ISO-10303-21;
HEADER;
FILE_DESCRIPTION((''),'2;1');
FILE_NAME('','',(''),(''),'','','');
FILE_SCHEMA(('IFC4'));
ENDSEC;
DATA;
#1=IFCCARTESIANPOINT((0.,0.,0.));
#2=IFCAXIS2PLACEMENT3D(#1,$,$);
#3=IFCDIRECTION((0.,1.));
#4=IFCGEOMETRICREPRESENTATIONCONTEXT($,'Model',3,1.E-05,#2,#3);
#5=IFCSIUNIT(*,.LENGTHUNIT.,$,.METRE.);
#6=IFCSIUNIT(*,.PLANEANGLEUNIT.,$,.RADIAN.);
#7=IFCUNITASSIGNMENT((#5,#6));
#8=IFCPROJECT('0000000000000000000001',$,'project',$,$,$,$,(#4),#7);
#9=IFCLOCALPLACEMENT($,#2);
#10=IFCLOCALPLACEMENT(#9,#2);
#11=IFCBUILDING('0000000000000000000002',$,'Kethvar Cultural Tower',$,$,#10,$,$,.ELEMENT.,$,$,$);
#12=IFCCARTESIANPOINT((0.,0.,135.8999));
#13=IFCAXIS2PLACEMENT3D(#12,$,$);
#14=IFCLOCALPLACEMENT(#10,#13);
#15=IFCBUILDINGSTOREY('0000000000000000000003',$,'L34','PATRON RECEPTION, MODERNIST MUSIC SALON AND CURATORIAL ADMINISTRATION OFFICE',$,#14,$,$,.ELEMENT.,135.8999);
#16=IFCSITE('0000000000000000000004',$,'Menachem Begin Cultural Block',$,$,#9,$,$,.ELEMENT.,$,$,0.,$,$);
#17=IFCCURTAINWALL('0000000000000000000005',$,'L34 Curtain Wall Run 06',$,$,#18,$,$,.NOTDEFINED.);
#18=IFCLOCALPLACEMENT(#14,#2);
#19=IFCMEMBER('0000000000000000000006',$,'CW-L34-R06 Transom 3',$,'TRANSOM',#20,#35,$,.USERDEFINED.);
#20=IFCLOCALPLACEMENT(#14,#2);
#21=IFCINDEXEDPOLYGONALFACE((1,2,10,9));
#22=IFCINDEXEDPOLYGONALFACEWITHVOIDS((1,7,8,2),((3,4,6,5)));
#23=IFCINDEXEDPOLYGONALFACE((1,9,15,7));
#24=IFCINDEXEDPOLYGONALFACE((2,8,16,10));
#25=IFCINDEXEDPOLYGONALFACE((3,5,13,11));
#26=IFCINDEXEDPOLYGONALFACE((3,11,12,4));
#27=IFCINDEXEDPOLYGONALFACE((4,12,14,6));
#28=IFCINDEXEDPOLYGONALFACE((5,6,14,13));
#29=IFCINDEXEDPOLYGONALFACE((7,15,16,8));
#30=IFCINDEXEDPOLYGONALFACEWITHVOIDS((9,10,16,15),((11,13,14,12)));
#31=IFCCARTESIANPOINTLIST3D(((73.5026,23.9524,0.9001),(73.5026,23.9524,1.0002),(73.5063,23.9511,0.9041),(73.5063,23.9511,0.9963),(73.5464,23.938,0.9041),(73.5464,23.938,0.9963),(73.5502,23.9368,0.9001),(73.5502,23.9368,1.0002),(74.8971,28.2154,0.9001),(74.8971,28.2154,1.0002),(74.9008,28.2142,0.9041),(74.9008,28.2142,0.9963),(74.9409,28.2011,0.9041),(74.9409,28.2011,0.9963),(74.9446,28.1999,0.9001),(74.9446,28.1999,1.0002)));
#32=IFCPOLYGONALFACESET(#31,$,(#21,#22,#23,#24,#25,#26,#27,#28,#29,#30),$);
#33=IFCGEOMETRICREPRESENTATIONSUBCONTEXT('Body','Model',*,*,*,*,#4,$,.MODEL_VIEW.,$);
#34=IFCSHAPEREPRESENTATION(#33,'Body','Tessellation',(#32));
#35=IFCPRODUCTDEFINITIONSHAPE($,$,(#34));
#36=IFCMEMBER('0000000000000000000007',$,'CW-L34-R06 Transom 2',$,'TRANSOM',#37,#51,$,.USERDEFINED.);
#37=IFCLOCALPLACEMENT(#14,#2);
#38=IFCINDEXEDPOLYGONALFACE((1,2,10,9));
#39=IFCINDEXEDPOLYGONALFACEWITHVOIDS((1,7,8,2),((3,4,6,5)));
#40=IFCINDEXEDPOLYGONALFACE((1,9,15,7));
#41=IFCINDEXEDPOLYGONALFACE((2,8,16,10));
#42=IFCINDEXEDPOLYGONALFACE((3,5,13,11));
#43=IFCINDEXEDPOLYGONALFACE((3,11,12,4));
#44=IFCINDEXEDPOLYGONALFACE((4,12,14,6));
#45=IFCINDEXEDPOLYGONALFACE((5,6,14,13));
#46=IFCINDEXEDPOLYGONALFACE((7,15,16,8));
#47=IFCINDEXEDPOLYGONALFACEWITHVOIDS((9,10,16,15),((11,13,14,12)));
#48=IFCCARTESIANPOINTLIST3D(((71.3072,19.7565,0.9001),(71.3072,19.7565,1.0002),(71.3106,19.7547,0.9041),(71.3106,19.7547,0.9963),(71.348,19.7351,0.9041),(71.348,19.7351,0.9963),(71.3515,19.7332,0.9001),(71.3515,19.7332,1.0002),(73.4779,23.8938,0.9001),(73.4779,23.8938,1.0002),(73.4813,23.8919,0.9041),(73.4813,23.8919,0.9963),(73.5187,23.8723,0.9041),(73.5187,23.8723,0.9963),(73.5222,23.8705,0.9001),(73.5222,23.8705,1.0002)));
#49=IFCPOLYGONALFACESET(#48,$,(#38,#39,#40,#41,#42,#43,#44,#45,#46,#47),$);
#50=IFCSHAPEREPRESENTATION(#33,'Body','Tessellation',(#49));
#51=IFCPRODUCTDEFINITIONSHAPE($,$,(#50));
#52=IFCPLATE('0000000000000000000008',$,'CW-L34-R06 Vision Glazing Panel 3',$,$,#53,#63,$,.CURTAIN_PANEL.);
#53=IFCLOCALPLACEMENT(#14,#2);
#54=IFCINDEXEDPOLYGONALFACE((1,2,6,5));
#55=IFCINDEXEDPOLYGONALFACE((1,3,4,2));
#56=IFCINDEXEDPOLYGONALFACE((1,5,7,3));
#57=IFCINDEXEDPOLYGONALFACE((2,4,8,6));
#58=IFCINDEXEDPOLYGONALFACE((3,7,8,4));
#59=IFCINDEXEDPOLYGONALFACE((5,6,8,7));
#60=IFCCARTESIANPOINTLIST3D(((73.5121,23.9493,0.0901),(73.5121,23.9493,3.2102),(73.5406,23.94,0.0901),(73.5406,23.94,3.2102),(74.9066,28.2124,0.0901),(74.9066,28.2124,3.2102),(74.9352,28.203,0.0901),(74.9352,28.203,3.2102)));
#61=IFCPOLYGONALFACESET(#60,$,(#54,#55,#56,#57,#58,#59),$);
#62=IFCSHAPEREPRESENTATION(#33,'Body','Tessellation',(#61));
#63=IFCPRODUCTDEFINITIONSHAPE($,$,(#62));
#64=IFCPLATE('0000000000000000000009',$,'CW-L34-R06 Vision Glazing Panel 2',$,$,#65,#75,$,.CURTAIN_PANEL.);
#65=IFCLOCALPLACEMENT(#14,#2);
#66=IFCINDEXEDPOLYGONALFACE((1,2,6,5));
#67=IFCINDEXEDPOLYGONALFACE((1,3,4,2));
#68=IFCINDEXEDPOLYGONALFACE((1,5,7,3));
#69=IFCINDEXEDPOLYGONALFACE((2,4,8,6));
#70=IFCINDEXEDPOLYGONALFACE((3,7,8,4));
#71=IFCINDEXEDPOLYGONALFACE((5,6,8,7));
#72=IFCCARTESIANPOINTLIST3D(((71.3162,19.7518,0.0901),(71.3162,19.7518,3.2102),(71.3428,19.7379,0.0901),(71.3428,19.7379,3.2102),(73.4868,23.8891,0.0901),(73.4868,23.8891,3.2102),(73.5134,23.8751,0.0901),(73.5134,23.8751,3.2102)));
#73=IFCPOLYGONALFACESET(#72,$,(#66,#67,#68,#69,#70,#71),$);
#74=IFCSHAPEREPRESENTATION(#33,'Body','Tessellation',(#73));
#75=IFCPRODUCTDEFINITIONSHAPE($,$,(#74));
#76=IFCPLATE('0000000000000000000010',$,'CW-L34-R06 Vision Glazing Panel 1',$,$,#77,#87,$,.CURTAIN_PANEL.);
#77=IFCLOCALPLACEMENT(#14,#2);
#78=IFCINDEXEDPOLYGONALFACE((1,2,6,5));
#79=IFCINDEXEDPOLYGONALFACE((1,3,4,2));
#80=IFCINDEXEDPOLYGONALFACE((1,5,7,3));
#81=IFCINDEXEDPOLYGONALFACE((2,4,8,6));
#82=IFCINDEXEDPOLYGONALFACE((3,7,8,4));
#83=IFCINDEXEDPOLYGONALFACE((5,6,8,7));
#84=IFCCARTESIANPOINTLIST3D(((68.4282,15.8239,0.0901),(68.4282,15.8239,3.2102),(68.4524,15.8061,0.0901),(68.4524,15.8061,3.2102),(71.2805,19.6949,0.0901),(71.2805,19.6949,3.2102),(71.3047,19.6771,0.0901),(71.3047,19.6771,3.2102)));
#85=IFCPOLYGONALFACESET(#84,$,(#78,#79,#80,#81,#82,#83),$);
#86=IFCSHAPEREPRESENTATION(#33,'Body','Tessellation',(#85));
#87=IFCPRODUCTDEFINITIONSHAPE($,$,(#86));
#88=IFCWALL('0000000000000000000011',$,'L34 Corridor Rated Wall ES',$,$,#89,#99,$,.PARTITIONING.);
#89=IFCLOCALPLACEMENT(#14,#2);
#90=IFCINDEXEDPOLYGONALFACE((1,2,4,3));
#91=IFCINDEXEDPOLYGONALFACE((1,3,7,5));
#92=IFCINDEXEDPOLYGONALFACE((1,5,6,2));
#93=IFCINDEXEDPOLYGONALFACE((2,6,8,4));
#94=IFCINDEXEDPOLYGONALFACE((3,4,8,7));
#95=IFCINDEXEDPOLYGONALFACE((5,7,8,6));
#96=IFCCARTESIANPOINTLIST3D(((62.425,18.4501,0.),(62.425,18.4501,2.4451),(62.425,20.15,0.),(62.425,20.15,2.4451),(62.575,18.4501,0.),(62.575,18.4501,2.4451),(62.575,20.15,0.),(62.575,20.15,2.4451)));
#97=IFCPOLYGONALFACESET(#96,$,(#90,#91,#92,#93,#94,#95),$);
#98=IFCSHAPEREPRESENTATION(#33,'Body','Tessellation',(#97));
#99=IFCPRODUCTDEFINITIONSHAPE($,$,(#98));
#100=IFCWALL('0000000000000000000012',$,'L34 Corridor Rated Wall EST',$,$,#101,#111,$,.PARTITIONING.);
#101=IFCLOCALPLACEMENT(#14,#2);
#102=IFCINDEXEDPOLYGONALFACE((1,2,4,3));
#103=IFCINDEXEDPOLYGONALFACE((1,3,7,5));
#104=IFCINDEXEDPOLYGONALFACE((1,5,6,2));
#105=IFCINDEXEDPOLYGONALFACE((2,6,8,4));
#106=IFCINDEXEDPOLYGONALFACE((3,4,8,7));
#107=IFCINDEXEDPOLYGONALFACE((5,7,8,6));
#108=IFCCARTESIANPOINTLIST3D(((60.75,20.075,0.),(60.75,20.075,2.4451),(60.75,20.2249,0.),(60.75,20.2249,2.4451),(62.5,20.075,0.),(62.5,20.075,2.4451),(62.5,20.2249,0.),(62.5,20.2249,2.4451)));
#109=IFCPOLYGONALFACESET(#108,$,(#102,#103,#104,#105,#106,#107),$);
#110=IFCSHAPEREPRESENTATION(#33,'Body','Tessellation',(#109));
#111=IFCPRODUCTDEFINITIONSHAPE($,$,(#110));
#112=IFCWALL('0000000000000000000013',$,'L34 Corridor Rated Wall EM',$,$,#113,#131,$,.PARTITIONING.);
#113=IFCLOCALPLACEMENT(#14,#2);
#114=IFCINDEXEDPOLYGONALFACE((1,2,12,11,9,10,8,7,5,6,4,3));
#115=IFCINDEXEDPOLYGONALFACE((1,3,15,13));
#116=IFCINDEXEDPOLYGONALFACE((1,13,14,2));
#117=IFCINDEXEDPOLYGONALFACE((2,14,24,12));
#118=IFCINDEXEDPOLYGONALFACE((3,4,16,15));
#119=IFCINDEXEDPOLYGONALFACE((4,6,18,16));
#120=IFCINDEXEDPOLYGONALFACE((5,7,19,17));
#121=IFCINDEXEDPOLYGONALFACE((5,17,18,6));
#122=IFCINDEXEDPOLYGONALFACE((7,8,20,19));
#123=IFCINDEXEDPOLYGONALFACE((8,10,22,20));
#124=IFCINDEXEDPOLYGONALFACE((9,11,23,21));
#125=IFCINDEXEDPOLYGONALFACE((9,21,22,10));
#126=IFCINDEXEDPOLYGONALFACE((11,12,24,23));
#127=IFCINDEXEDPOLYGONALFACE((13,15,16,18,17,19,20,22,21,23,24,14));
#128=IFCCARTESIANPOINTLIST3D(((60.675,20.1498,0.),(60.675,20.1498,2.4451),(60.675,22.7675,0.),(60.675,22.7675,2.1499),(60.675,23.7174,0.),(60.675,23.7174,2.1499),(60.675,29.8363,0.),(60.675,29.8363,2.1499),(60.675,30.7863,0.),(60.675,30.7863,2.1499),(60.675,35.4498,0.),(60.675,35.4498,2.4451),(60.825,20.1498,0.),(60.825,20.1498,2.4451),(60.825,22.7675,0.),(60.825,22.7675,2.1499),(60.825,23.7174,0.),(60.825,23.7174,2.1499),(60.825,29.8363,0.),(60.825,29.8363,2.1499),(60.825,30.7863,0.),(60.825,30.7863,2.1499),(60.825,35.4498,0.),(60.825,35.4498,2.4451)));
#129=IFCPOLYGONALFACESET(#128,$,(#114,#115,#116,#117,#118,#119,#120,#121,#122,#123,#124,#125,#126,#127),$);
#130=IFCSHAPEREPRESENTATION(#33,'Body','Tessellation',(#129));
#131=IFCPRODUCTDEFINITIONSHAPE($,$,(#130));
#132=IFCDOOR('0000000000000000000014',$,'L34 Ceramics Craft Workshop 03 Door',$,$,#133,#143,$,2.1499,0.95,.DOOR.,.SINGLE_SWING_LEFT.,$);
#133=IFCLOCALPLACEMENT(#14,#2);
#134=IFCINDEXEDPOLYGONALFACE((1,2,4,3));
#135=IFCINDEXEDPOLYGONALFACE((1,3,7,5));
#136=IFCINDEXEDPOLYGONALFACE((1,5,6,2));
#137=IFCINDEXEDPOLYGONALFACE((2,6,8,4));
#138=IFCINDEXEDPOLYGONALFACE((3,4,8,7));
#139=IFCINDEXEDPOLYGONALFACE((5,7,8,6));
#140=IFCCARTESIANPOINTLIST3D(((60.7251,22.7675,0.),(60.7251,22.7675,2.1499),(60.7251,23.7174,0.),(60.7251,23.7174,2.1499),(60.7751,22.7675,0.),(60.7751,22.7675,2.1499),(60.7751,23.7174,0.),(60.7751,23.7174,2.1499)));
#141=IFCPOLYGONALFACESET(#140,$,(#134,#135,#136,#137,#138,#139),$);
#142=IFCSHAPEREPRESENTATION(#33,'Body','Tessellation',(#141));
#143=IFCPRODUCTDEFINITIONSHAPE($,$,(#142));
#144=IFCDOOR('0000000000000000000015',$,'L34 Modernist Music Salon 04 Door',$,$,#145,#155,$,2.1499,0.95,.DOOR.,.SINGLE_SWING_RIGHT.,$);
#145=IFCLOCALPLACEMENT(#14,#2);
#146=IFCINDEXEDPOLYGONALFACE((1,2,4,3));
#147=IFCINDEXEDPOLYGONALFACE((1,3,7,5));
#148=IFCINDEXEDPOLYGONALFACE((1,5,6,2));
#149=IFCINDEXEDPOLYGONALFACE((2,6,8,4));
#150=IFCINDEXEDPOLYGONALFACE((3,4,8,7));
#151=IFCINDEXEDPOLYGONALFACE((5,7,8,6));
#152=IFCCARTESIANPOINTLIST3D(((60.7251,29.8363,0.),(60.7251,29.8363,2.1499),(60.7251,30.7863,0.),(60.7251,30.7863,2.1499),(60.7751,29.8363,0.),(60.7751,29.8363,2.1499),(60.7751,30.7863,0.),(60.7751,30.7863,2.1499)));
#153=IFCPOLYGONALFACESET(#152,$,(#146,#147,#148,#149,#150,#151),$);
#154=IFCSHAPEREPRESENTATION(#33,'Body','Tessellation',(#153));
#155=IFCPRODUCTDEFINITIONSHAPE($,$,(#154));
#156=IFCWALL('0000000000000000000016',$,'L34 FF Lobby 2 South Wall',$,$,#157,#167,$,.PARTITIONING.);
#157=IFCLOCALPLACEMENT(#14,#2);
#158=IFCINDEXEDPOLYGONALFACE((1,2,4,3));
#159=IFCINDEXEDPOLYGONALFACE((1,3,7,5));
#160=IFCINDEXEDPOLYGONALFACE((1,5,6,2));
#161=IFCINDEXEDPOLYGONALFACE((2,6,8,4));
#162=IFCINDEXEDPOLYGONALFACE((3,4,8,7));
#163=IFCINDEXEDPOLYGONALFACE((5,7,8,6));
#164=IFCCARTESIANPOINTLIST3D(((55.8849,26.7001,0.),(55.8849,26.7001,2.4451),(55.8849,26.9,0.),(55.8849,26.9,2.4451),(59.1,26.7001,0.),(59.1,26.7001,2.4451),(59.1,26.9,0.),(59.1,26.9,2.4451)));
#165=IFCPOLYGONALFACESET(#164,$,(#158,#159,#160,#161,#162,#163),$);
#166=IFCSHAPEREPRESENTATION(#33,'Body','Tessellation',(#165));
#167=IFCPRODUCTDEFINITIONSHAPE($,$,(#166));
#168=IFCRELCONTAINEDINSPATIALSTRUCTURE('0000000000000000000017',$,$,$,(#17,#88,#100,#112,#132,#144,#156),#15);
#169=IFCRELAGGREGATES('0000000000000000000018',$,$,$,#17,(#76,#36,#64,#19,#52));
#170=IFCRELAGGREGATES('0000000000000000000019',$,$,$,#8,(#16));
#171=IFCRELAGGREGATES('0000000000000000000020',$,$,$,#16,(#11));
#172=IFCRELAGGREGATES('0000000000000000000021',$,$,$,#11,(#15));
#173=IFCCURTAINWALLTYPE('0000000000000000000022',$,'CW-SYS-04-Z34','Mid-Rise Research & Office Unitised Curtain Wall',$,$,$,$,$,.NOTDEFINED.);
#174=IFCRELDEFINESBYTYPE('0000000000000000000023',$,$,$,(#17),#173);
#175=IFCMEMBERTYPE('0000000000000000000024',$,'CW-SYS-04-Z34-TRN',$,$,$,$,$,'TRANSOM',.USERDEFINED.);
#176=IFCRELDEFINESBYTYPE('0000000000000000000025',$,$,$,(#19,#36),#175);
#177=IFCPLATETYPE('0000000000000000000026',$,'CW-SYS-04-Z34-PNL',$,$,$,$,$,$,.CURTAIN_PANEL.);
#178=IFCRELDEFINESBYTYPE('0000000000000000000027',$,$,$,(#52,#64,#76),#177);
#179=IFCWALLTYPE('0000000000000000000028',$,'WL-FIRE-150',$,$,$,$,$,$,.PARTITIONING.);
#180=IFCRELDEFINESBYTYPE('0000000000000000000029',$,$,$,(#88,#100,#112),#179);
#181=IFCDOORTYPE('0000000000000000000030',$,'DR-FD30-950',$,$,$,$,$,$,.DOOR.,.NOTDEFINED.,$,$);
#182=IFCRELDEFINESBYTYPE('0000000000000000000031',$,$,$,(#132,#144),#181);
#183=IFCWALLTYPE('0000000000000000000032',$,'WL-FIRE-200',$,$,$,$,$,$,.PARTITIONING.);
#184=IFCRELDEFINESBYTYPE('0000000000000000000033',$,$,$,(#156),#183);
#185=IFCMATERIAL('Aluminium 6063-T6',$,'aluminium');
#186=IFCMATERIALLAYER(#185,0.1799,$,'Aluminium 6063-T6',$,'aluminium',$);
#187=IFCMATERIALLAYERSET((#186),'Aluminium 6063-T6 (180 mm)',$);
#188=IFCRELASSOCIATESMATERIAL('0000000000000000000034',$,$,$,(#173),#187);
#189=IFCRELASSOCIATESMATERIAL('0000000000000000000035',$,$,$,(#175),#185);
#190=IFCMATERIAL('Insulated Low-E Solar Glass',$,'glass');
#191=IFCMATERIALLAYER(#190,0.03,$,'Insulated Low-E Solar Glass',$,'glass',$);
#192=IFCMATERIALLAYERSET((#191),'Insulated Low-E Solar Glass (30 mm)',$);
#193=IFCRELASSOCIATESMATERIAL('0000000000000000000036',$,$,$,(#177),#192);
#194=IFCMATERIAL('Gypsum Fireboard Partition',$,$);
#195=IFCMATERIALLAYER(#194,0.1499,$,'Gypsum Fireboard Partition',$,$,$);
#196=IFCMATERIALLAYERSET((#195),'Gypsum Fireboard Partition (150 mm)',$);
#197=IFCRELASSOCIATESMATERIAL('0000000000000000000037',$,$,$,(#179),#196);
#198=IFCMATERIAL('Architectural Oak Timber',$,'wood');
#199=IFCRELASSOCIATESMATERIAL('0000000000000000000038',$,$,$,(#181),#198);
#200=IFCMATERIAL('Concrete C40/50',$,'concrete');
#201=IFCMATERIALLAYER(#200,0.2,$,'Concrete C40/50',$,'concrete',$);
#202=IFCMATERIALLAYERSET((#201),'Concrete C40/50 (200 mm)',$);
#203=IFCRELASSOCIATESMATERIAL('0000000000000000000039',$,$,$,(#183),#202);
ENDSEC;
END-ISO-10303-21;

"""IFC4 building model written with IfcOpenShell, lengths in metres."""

from ifc_helpers import new_model, si_unit, direction, frame, frame_2d, origin, origin_2d, place, context, subcontext, project, spatial, rectangle, hollow_rectangle, extrude, source, transform, mapped, material, layer, layer_set, material_profile, profile_set, type_object, element, fill, aggregate, save


model = new_model("IFC4")

# Units and contexts
model_context = context("Model", 3, precision=1e-05, world=origin(), true_north=direction((0.0, 1.0)))
body_context = subcontext(model_context, "Body", "Model", "MODEL_VIEW")
ifc_project = project(units=[si_unit("LENGTHUNIT", "METRE"), si_unit("PLANEANGLEUNIT", "RADIAN")], contexts=[model_context])

# Site, building, storey
site_placement = place(None, origin())
site = spatial("IfcSite", under=ifc_project, at=site_placement, Name="Menachem Begin Cultural Block", CompositionType="ELEMENT", RefElevation=0.0)
building_placement = place(site_placement, origin())
building = spatial("IfcBuilding", under=site, at=building_placement, Name="Kethvar Cultural Tower", CompositionType="ELEMENT")
storey_placement = place(building_placement, frame((0.0, 0.0, 135.8999)))
storey = spatial("IfcBuildingStorey", under=building, at=storey_placement, Name="L34", Description="PATRON RECEPTION, MODERNIST MUSIC SALON AND CURATORIAL ADMINISTRATION OFFICE", CompositionType="ELEMENT", Elevation=135.8999)

# Curtain wall, members, plates
ifc_material_1 = material(Name="Aluminium 6063-T6", Category="aluminium")
ifc_layer_1 = layer(ifc_material_1, 0.1799, Name="Aluminium 6063-T6", Category="aluminium")
ifc_layer_set_1 = layer_set([ifc_layer_1], Name="Aluminium 6063-T6 (180 mm)")
curtain_wall_type = type_object("IfcCurtainWallType", Name="CW-SYS-04-Z34", Description="Mid-Rise Research & Office Unitised Curtain Wall", PredefinedType="NOTDEFINED", material=ifc_layer_set_1)
curtain_wall_placement = place(storey_placement, origin())
curtain_wall = element("IfcCurtainWall", 1, at=curtain_wall_placement, inside=storey, type_object=curtain_wall_type, Name="L34 Curtain Wall Run 06", PredefinedType="NOTDEFINED")
ifc_material_profile_1 = material_profile(ifc_material_1, hollow_rectangle(XDim=0.05, YDim=0.1001, WallThickness=0.0039, at=origin_2d()), Name="Aluminium 6063-T6 — RHS100x50x4")
ifc_profile_set_1 = profile_set([ifc_material_profile_1], Name="Aluminium 6063-T6 — RHS100x50x4")
member_type_1 = type_object("IfcMemberType", Name="CW-SYS-04-Z34-TRN", ElementType="TRANSOM", PredefinedType="USERDEFINED", material=ifc_profile_set_1)
shared_shape_1 = source(origin(), body_context, "Body", "SweptSolid", [
    extrude(hollow_rectangle(XDim=0.05, YDim=0.1001, WallThickness=0.0039, at=origin_2d()), origin(), (0.0, 0.0, 1.0), 4.4854),
])
member_1_placement = place(storey_placement, frame((73.5264, 23.9446, 0.9502), z_axis=(0.3109, 0.950443, 0.0), x_axis=(-0.950443, 0.3109, 0.0)))
member_1 = element("IfcMember", 2, at=member_1_placement, type_object=member_type_1, Name="CW-L34-R06 Transom 3", ObjectType="TRANSOM", PredefinedType="USERDEFINED", context=body_context, shape_type="MappedRepresentation", body=[
    mapped(shared_shape_1, transform((0.0, 0.0, 0.0), scale=1.0)),
])
shared_shape_2 = source(origin(), body_context, "Body", "SweptSolid", [
    extrude(hollow_rectangle(XDim=0.05, YDim=0.1001, WallThickness=0.0039, at=origin_2d()), origin(), (0.0, 0.0, 1.0), 4.6721),
])
member_2_placement = place(storey_placement, frame((71.3293, 19.7449, 0.9502), z_axis=(0.464602, 0.885519, 0.0), x_axis=(-0.885519, 0.464602, 0.0)))
member_2 = element("IfcMember", 3, at=member_2_placement, type_object=member_type_1, Name="CW-L34-R06 Transom 2", ObjectType="TRANSOM", PredefinedType="USERDEFINED", context=body_context, shape_type="MappedRepresentation", body=[
    mapped(shared_shape_2, transform((0.0, 0.0, 0.0), scale=1.0)),
])
ifc_material_2 = material(Name="Insulated Low-E Solar Glass", Category="glass")
ifc_layer_2 = layer(ifc_material_2, 0.03, Name="Insulated Low-E Solar Glass", Category="glass")
ifc_layer_set_2 = layer_set([ifc_layer_2], Name="Insulated Low-E Solar Glass (30 mm)")
plate_type = type_object("IfcPlateType", Name="CW-SYS-04-Z34-PNL", PredefinedType="CURTAIN_PANEL", material=ifc_layer_set_2)
shared_shape_3 = source(origin(), body_context, "Body", "SweptSolid", [
    extrude(rectangle(XDim=4.4854, YDim=0.03, at=origin_2d()), origin(), (0.0, 0.0, 1.0), 3.1201),
])
plate_1_placement = place(storey_placement, frame((74.2236, 26.0762, 0.0901), z_axis=(0.0, 0.0, 1.0), x_axis=(0.310909, 0.95044, 0.0)))
plate_1 = element("IfcPlate", 4, at=plate_1_placement, type_object=plate_type, Name="CW-L34-R06 Vision Glazing Panel 3", PredefinedType="CURTAIN_PANEL", context=body_context, shape_type="MappedRepresentation", body=[
    mapped(shared_shape_3, transform((0.0, 0.0, 0.0), scale=1.0)),
])
shared_shape_4 = source(origin(), body_context, "Body", "SweptSolid", [
    extrude(rectangle(XDim=4.6721, YDim=0.03, at=origin_2d()), origin(), (0.0, 0.0, 1.0), 3.1201),
])
plate_2_placement = place(storey_placement, frame((72.4148, 21.8135, 0.0901), z_axis=(0.0, 0.0, 1.0), x_axis=(0.464595, 0.885523, 0.0)))
plate_2 = element("IfcPlate", 5, at=plate_2_placement, type_object=plate_type, Name="CW-L34-R06 Vision Glazing Panel 2", PredefinedType="CURTAIN_PANEL", context=body_context, shape_type="MappedRepresentation", body=[
    mapped(shared_shape_4, transform((0.0, 0.0, 0.0), scale=1.0)),
])
shared_shape_5 = source(origin(), body_context, "Body", "SweptSolid", [
    extrude(rectangle(XDim=4.8083, YDim=0.03, at=origin_2d()), origin(), (0.0, 0.0, 1.0), 3.1201),
])
plate_3_placement = place(storey_placement, frame((69.8665, 17.7505, 0.0901), z_axis=(0.0, 0.0, 1.0), x_axis=(0.593194, 0.805059, 0.0)))
plate_3 = element("IfcPlate", 6, at=plate_3_placement, type_object=plate_type, Name="CW-L34-R06 Vision Glazing Panel 1", PredefinedType="CURTAIN_PANEL", context=body_context, shape_type="MappedRepresentation", body=[
    mapped(shared_shape_5, transform((0.0, 0.0, 0.0), scale=1.0)),
])
aggregate(curtain_wall, [plate_3, member_2, plate_2, member_1, plate_1])

# Walls
ifc_material_3 = material(Name="Gypsum Fireboard Partition")
ifc_layer_3 = layer(ifc_material_3, 0.1499, Name="Gypsum Fireboard Partition")
ifc_layer_set_3 = layer_set([ifc_layer_3], Name="Gypsum Fireboard Partition (150 mm)")
wall_type_1 = type_object("IfcWallType", Name="WL-FIRE-150", PredefinedType="PARTITIONING", material=ifc_layer_set_3)
wall_1_placement = place(storey_placement, frame((62.5, 18.45, 0.0), z_axis=(0.0, 0.0, 1.0), x_axis=(0.0, 1.0, 0.0)))
element("IfcWall", 7, at=wall_1_placement, inside=storey, type_object=wall_type_1, Name="L34 Corridor Rated Wall ES", PredefinedType="PARTITIONING", context=body_context, shape_type="SweptSolid", body=[
    extrude(rectangle(XDim=1.7, YDim=0.1499, at=frame_2d((0.8501, 0.0))), origin(), (0.0, 0.0, 1.0), 2.4451),
])
wall_2_placement = place(storey_placement, frame((62.5, 20.1499, 0.0), z_axis=(0.0, 0.0, 1.0), x_axis=(-1.0, 0.0, 0.0)))
element("IfcWall", 8, at=wall_2_placement, inside=storey, type_object=wall_type_1, Name="L34 Corridor Rated Wall EST", PredefinedType="PARTITIONING", context=body_context, shape_type="SweptSolid", body=[
    extrude(rectangle(XDim=1.75, YDim=0.1499, at=frame_2d((0.875, 0.0))), origin(), (0.0, 0.0, 1.0), 2.4451),
])

# Wall, openings, doors
wall_3_placement = place(storey_placement, frame((60.75, 20.1499, 0.0), z_axis=(0.0, 0.0, 1.0), x_axis=(0.0, 1.0, 0.0)))
wall_3 = element("IfcWall", 9, at=wall_3_placement, inside=storey, type_object=wall_type_1, Name="L34 Corridor Rated Wall EM", PredefinedType="PARTITIONING", context=body_context, shape_type="SweptSolid", body=[
    extrude(rectangle(XDim=15.3, YDim=0.1499, at=frame_2d((7.6499, 0.0))), origin(), (0.0, 0.0, 1.0), 2.4451),
])
opening_1_placement = place(wall_3_placement, frame((2.6174, 0.0, 0.0)))
opening_1 = element("IfcOpeningElement", 10, at=opening_1_placement, cuts=wall_3, PredefinedType="OPENING", context=body_context, shape_type="SweptSolid", body=[
    extrude(rectangle(XDim=0.95, YDim=2.1499, at=frame_2d((0.4751, 1.075))), frame((0.0, 0.085, 0.0), z_axis=(0.0, -1.0, 0.0), x_axis=(1.0, 0.0, 0.0)), (0.0, 0.0, 1.0), 0.1699),
])
opening_2_placement = place(wall_3_placement, frame((9.6863, 0.0, 0.0)))
opening_2 = element("IfcOpeningElement", 11, at=opening_2_placement, cuts=wall_3, PredefinedType="OPENING", context=body_context, shape_type="SweptSolid", body=[
    extrude(rectangle(XDim=0.95, YDim=2.1499, at=frame_2d((0.4751, 1.075))), frame((0.0, 0.085, 0.0), z_axis=(0.0, -1.0, 0.0), x_axis=(1.0, 0.0, 0.0)), (0.0, 0.0, 1.0), 0.1699),
])
ifc_material_4 = material(Name="Architectural Oak Timber", Category="wood")
door_type_1 = type_object("IfcDoorType", Name="DR-FD30-950", OperationType="NOTDEFINED", PredefinedType="DOOR", material=ifc_material_4)
shared_shape_6 = source(origin(), body_context, "Body", "SweptSolid", [
    extrude(rectangle(XDim=0.95, YDim=2.1499, at=frame_2d((0.4751, 1.075))), frame((0.0, 0.0249, 0.0), z_axis=(0.0, -1.0, 0.0), x_axis=(1.0, 0.0, 0.0)), (0.0, 0.0, 1.0), 0.05),
])
door_1_placement = place(opening_1_placement, origin())
door_1 = element("IfcDoor", 12, at=door_1_placement, inside=storey, type_object=door_type_1, Name="L34 Ceramics Craft Workshop 03 Door", OperationType="SINGLE_SWING_LEFT", OverallHeight=2.1499, OverallWidth=0.95, PredefinedType="DOOR", context=body_context, shape_type="MappedRepresentation", body=[
    mapped(shared_shape_6, transform((0.0, 0.0, 0.0), scale=1.0)),
])
fill(opening_1, door_1)
door_2_placement = place(opening_2_placement, origin())
door_2 = element("IfcDoor", 13, at=door_2_placement, inside=storey, type_object=door_type_1, Name="L34 Modernist Music Salon 04 Door", OperationType="SINGLE_SWING_RIGHT", OverallHeight=2.1499, OverallWidth=0.95, PredefinedType="DOOR", context=body_context, shape_type="MappedRepresentation", body=[
    mapped(shared_shape_6, transform((0.0, 0.0, 0.0), scale=1.0)),
])
fill(opening_2, door_2)

# Shared definitions
ifc_material_5 = material(Name="Concrete C40/50", Category="concrete")
ifc_layer_4 = layer(ifc_material_5, 0.2, Name="Concrete C40/50", Category="concrete")
ifc_layer_set_4 = layer_set([ifc_layer_4], Name="Concrete C40/50 (200 mm)")
wall_type_2 = type_object("IfcWallType", Name="WL-FIRE-200", PredefinedType="PARTITIONING", material=ifc_layer_set_4)

# Wall
wall_4_placement = place(storey_placement, frame((55.885, 26.8, 0.0), z_axis=(0.0, 0.0, 1.0), x_axis=(1.0, 0.0, 0.0)))
element("IfcWall", 14, at=wall_4_placement, inside=storey, type_object=wall_type_2, Name="L34 FF Lobby 2 South Wall", PredefinedType="PARTITIONING", context=body_context, shape_type="SweptSolid", body=[
    extrude(rectangle(XDim=3.2151, YDim=0.2, at=frame_2d((1.6074, 0.0))), origin(), (0.0, 0.0, 1.0), 2.4451),
])

save(model, "model.ifc")
